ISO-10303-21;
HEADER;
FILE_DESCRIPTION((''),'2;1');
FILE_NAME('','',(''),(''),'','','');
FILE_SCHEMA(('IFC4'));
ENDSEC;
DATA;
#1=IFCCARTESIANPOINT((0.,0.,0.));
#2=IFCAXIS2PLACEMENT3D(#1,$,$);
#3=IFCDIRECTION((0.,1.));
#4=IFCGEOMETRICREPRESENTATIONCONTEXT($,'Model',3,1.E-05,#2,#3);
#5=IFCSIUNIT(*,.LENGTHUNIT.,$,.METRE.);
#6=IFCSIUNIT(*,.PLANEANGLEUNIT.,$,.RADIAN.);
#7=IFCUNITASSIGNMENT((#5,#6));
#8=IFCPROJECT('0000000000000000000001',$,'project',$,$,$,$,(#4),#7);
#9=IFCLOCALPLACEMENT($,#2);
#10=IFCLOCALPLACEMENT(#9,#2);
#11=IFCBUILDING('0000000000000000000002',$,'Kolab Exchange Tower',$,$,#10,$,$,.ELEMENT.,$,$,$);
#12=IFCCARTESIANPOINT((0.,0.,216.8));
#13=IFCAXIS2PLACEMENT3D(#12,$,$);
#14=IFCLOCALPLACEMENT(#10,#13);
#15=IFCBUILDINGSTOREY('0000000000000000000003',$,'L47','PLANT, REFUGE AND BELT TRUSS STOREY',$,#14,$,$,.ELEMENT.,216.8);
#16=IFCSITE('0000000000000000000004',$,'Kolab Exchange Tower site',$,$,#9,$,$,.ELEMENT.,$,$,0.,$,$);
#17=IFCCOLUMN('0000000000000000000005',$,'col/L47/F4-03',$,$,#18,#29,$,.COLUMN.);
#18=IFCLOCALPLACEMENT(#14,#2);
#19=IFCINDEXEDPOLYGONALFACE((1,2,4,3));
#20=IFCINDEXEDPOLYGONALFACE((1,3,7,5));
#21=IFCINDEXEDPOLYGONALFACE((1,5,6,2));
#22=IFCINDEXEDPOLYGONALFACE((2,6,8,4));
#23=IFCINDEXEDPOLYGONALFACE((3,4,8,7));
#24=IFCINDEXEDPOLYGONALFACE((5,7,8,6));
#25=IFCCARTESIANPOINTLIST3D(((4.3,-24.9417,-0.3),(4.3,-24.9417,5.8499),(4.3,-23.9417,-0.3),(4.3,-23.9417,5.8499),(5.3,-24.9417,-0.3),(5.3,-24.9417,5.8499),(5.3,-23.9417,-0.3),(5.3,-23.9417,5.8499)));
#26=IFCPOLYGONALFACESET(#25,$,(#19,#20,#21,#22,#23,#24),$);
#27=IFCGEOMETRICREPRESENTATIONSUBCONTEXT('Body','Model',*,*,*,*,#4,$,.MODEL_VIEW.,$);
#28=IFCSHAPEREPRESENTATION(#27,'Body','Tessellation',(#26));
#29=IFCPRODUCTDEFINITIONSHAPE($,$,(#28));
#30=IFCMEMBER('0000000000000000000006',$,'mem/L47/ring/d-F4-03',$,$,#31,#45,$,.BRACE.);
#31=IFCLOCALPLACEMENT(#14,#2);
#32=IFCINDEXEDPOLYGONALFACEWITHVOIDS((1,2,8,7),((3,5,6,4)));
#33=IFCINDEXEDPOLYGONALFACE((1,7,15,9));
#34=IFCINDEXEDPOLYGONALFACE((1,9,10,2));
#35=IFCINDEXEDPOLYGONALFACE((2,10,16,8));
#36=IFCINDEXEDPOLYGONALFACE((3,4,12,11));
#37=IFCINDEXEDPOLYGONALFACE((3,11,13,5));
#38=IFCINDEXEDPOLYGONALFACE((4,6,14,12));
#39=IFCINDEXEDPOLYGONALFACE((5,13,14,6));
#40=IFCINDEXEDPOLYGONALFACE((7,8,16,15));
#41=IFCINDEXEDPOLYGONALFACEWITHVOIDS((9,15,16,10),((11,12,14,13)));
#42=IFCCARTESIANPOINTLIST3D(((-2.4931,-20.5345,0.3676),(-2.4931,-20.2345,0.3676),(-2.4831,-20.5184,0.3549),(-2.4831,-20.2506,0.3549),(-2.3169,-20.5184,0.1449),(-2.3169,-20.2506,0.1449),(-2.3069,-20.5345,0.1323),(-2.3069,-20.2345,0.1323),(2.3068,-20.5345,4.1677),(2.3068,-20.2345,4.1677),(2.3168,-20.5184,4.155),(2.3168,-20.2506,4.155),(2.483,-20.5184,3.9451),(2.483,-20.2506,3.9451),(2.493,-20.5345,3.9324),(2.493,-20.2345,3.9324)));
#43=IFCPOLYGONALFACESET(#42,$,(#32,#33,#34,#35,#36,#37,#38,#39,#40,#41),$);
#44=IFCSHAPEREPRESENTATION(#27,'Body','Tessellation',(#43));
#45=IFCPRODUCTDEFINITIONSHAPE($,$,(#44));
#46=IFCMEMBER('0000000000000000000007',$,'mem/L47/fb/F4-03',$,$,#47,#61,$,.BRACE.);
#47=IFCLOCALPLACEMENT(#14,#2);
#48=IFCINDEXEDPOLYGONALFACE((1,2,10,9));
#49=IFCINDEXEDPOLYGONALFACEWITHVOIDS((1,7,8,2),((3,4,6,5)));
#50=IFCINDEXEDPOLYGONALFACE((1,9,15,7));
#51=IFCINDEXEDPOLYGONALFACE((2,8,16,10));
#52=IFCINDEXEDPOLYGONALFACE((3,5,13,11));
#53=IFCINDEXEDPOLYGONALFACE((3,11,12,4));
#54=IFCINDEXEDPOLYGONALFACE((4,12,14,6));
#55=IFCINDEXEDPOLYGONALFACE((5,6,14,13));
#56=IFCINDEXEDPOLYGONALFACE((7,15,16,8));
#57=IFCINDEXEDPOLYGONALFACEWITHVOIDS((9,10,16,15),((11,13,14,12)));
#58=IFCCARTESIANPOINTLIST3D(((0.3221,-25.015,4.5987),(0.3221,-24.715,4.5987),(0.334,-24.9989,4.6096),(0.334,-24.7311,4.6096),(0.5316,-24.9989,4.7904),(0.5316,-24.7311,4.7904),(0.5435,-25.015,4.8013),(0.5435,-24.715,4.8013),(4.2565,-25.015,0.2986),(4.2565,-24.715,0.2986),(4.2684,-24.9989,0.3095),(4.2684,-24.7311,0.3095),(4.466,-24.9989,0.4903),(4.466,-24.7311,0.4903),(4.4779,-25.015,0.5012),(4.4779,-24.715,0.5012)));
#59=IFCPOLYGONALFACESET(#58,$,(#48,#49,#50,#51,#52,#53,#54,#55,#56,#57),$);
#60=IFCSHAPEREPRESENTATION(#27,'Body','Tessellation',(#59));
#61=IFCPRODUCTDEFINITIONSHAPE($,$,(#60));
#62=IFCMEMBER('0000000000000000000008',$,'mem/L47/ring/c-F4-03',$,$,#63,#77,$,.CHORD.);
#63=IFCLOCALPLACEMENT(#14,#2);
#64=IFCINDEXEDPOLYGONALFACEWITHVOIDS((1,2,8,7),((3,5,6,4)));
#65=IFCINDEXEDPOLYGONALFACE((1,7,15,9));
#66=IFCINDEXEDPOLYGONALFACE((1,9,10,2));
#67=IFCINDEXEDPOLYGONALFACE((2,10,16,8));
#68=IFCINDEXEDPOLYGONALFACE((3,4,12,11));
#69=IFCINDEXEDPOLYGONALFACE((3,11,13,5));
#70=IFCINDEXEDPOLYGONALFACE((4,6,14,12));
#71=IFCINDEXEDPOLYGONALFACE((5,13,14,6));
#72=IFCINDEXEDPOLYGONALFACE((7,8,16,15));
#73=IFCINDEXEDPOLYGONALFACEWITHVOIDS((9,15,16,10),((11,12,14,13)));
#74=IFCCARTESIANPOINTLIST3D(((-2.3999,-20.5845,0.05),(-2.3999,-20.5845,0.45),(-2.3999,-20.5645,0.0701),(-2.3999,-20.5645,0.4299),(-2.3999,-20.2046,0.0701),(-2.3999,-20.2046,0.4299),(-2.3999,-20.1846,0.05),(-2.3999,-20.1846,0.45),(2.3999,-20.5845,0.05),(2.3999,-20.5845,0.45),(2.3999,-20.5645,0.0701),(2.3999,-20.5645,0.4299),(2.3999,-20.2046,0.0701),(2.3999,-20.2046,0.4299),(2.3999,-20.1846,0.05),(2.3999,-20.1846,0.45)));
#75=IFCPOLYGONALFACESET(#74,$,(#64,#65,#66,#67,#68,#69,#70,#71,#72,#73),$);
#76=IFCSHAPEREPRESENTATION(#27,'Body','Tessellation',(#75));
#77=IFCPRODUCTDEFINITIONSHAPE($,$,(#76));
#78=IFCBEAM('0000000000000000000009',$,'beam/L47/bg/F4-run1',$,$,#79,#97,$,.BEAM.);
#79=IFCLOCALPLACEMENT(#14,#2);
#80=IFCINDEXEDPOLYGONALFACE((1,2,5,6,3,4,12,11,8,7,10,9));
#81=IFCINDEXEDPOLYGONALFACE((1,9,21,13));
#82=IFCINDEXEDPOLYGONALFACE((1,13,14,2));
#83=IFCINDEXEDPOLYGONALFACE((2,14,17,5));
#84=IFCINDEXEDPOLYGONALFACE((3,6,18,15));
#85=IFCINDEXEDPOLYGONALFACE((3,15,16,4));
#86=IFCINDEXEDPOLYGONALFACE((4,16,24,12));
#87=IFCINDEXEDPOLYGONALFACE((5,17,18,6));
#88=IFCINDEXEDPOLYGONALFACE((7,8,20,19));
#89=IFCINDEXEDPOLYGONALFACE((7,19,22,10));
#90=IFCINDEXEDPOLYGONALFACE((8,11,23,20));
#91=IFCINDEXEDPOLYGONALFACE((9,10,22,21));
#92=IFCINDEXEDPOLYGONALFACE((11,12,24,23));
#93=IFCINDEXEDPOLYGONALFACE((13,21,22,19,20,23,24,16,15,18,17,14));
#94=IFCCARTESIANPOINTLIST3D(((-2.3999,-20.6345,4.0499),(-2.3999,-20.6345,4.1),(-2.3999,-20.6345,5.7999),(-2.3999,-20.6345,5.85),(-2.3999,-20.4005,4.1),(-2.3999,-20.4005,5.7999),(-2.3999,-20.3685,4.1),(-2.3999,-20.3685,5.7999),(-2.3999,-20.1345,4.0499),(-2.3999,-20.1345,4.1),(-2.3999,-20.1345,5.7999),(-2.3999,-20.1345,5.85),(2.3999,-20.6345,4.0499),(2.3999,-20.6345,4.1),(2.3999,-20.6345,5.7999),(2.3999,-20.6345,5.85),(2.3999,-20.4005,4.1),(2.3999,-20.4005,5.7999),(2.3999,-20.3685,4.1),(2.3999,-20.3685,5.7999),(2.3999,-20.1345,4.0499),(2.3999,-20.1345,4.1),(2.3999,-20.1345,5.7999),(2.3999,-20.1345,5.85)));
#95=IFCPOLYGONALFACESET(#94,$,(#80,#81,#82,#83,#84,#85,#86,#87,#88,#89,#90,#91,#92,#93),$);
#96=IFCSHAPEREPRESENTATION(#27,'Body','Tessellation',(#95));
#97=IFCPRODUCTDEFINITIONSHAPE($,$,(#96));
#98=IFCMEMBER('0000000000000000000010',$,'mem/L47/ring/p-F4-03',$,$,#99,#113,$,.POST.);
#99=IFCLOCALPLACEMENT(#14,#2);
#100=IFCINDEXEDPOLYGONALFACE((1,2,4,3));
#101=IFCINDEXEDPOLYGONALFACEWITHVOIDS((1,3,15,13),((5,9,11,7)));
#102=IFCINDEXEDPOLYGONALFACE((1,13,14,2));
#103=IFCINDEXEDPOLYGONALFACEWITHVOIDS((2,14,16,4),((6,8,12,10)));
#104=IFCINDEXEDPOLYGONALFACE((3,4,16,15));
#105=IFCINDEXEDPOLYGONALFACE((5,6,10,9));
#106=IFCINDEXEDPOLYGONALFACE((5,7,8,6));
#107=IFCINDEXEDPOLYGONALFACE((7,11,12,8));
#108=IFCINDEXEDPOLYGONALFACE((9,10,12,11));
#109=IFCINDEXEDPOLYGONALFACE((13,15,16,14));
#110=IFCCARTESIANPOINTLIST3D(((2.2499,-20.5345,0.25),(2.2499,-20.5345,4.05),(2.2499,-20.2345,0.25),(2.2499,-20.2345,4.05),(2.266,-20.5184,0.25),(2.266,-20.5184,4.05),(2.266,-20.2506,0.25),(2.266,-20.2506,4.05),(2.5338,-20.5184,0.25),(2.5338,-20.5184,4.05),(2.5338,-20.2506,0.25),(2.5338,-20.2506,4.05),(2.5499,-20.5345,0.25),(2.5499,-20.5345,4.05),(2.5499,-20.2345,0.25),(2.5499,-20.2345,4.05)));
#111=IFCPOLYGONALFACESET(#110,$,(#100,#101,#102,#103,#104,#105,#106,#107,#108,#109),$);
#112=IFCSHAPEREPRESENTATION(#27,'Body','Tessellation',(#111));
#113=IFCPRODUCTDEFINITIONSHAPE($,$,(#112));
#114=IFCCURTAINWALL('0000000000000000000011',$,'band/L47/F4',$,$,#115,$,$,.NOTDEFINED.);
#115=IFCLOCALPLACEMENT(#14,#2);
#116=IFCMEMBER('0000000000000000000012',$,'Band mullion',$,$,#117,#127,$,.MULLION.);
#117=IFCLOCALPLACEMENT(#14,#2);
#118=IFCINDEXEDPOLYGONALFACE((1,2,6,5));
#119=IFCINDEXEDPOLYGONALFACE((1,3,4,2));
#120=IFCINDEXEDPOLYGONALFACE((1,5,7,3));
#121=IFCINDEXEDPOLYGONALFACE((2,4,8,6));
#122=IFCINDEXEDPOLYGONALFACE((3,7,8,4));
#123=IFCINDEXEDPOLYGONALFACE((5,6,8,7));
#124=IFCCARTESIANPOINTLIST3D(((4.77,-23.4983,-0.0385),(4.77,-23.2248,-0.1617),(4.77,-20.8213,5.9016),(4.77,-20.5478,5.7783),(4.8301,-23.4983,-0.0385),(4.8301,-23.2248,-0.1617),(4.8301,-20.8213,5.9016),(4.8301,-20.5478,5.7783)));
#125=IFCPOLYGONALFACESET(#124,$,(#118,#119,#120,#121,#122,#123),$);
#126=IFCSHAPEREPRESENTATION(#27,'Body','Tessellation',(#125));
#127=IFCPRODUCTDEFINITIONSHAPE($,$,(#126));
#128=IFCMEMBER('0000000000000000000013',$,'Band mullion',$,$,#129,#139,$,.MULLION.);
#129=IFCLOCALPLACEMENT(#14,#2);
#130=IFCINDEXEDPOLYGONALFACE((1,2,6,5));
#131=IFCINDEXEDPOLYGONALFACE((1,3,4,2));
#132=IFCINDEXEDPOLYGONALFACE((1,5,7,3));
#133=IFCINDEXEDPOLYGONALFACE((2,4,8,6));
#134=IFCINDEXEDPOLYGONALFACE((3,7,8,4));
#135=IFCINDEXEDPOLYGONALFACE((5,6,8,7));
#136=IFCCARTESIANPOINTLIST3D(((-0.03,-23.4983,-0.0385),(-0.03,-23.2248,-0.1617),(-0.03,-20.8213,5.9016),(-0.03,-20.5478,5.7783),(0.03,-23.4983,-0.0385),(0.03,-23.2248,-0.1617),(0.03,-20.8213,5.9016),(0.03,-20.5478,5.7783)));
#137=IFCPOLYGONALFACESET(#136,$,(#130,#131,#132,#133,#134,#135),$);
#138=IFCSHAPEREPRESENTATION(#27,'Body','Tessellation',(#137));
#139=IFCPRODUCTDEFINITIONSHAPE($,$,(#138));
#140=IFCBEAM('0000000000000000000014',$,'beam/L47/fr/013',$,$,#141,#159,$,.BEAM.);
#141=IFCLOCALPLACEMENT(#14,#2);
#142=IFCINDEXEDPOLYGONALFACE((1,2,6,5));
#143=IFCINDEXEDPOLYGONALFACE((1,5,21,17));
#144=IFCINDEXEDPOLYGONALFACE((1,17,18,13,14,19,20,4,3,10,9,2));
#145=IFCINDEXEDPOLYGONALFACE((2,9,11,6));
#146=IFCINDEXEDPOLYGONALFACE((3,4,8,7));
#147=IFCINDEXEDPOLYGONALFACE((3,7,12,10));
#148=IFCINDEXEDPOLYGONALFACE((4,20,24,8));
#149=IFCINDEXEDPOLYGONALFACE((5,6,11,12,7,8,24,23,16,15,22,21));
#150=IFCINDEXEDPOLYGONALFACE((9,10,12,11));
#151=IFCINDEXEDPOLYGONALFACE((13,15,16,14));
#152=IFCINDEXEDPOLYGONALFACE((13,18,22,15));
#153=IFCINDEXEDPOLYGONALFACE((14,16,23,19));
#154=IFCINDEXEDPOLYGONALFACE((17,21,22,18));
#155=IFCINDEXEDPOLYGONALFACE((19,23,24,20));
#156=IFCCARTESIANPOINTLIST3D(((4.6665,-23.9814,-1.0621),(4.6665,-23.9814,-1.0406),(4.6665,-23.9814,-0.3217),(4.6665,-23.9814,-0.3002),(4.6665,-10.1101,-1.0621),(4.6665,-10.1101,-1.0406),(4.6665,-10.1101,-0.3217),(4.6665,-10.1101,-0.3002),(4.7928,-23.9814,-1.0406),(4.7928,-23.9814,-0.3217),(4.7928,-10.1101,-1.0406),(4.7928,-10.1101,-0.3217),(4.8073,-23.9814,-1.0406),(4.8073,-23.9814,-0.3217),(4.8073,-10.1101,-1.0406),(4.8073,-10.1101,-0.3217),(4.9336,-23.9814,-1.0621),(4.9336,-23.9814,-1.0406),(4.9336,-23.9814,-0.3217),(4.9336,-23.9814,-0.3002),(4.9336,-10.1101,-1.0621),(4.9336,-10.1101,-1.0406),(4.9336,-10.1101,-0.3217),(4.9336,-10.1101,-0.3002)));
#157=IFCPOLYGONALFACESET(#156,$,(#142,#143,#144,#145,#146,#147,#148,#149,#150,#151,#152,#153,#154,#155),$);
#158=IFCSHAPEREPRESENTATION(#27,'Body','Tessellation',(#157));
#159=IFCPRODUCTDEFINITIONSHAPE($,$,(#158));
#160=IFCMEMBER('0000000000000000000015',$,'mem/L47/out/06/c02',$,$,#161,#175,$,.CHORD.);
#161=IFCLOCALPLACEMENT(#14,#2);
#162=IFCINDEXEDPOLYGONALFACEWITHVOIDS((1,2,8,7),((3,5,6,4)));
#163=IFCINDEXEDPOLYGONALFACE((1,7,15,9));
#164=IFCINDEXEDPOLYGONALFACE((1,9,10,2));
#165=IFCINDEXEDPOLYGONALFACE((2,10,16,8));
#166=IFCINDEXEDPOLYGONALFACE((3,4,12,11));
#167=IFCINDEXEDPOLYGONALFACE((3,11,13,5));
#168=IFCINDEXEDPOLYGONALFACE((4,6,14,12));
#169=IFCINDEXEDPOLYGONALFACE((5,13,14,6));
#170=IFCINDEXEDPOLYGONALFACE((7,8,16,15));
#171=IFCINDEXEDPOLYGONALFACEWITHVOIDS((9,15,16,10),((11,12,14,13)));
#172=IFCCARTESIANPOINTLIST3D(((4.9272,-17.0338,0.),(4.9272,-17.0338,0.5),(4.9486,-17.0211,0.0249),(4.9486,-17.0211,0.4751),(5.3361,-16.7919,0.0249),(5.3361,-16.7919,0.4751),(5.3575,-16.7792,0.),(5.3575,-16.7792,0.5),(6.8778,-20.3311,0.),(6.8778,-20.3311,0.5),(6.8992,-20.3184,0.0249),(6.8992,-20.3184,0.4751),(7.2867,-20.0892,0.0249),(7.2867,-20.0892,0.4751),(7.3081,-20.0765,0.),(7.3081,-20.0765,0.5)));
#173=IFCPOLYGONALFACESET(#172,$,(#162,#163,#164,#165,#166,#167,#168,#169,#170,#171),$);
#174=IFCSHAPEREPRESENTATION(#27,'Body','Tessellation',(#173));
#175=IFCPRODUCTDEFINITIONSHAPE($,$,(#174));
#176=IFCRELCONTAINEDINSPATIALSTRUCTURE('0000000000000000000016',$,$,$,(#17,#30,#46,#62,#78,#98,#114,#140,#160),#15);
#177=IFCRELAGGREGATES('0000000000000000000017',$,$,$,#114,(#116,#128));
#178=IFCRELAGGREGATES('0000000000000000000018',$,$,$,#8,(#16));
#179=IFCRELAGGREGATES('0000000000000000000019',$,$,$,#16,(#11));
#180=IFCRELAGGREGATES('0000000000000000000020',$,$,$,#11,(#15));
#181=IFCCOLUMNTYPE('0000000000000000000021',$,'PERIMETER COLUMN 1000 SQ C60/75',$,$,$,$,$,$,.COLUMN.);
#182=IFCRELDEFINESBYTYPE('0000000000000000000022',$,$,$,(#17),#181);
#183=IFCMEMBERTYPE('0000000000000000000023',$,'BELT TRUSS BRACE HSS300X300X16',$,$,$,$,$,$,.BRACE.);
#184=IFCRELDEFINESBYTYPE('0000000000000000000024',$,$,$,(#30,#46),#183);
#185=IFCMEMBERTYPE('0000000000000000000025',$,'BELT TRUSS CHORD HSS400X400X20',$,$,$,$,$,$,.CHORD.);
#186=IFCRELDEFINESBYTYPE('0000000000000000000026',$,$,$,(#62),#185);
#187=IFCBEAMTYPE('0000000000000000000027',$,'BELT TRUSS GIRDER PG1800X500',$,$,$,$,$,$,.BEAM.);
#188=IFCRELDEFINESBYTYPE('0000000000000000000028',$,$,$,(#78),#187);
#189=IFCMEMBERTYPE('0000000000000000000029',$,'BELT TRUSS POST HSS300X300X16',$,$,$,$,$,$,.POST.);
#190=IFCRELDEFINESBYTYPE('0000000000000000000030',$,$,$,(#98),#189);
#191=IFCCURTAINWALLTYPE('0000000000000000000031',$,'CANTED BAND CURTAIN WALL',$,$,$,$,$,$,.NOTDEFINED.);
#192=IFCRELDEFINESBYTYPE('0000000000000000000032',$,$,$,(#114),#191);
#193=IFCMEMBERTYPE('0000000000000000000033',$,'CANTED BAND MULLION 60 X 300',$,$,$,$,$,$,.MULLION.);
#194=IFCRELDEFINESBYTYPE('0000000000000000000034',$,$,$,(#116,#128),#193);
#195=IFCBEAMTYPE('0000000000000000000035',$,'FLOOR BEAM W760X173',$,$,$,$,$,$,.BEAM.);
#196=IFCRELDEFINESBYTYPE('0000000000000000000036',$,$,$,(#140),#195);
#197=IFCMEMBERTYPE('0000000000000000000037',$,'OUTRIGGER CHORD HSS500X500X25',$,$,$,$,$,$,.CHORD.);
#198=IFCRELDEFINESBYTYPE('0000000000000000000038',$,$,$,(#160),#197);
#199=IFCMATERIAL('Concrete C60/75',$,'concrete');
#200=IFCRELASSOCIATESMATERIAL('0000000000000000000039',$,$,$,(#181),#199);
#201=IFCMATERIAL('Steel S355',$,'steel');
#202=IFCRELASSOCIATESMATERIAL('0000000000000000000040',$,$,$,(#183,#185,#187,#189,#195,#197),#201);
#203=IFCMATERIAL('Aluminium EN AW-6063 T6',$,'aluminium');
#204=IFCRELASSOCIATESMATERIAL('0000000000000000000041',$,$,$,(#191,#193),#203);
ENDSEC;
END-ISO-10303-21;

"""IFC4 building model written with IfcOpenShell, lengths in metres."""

from ifc_helpers import new_model, si_unit, direction, frame, origin, origin_2d, place, context, subcontext, project, spatial, rectangle, hollow_rectangle, i_section, extrude, material, material_profile, profile_set, type_object, element, aggregate, save


model = new_model("IFC4")

# Units and contexts
model_context = context("Model", 3, precision=1e-05, world=origin(), true_north=direction((0.0, 1.0)))
body_context = subcontext(model_context, "Body", "Model", "MODEL_VIEW")
ifc_project = project(units=[si_unit("LENGTHUNIT", "METRE"), si_unit("PLANEANGLEUNIT", "RADIAN")], contexts=[model_context])

# Site, building, storey
site_placement = place(None, origin())
site = spatial("IfcSite", under=ifc_project, at=site_placement, Name="Kolab Exchange Tower site", CompositionType="ELEMENT", RefElevation=0.0)
building_placement = place(site_placement, origin())
building = spatial("IfcBuilding", under=site, at=building_placement, Name="Kolab Exchange Tower", CompositionType="ELEMENT")
storey_placement = place(building_placement, frame((0.0, 0.0, 216.8)))
storey = spatial("IfcBuildingStorey", under=building, at=storey_placement, Name="L47", Description="PLANT, REFUGE AND BELT TRUSS STOREY", CompositionType="ELEMENT", Elevation=216.8)

# Column
ifc_material_1 = material(Name="Concrete C60/75", Category="concrete")
ifc_material_profile_1 = material_profile(ifc_material_1, rectangle(XDim=1.0, YDim=1.0, at=origin_2d()), Name="RC1000")
ifc_profile_set_1 = profile_set([ifc_material_profile_1], Name="Concrete C60/75")
column_type = type_object("IfcColumnType", Name="PERIMETER COLUMN 1000 SQ C60/75", PredefinedType="COLUMN", material=ifc_profile_set_1)
column_placement = place(storey_placement, frame((4.8, -24.4417, -0.3), z_axis=(0.0, 0.0, 1.0), x_axis=(1.0, 0.0, 0.0)))
element("IfcColumn", 1, at=column_placement, inside=storey, type_object=column_type, Name="col/L47/F4-03", PredefinedType="COLUMN", context=body_context, shape_type="SweptSolid", body=[
    extrude(rectangle(XDim=1.0, YDim=1.0, at=origin_2d()), origin(), (0.0, 0.0, 1.0), 6.1499),
])

# Members
ifc_material_2 = material(Name="Steel S355", Category="steel")
ifc_material_profile_2 = material_profile(ifc_material_2, hollow_rectangle(XDim=0.3, YDim=0.3, WallThickness=0.0161, at=origin_2d()), Name="HSS300X300X16")
ifc_profile_set_2 = profile_set([ifc_material_profile_2], Name="Steel S355")
member_type_1 = type_object("IfcMemberType", Name="BELT TRUSS BRACE HSS300X300X16", PredefinedType="BRACE", material=ifc_profile_set_2)
member_1_placement = place(storey_placement, frame((2.3999, -20.3845, 4.05), z_axis=(-0.78403, 0.0, -0.620723), x_axis=(0.0, -1.0, 0.0)))
element("IfcMember", 2, at=member_1_placement, inside=storey, type_object=member_type_1, Name="mem/L47/ring/d-F4-03", PredefinedType="BRACE", context=body_context, shape_type="SweptSolid", body=[
    extrude(hollow_rectangle(XDim=0.3, YDim=0.3, WallThickness=0.0161, at=origin_2d()), origin(), (0.0, 0.0, 1.0), 6.1221),
])
member_2_placement = place(storey_placement, frame((4.3672, -24.865, 0.3999), z_axis=(-0.675036, 0.0, 0.737785), x_axis=(0.0, -1.0, 0.0)))
element("IfcMember", 3, at=member_2_placement, inside=storey, type_object=member_type_1, Name="mem/L47/fb/F4-03", PredefinedType="BRACE", context=body_context, shape_type="SweptSolid", body=[
    extrude(hollow_rectangle(XDim=0.3, YDim=0.3, WallThickness=0.0161, at=origin_2d()), origin(), (0.0, 0.0, 1.0), 5.8284),
])
ifc_material_profile_3 = material_profile(ifc_material_2, hollow_rectangle(XDim=0.3999, YDim=0.3999, WallThickness=0.02, at=origin_2d()), Name="HSS400X400X20")
ifc_profile_set_3 = profile_set([ifc_material_profile_3], Name="Steel S355")
member_type_2 = type_object("IfcMemberType", Name="BELT TRUSS CHORD HSS400X400X20", PredefinedType="CHORD", material=ifc_profile_set_3)
member_3_placement = place(storey_placement, frame((2.3999, -20.3845, 0.25), z_axis=(-1.0, 0.0, 0.0), x_axis=(0.0, -1.0, 0.0)))
element("IfcMember", 4, at=member_3_placement, inside=storey, type_object=member_type_2, Name="mem/L47/ring/c-F4-03", PredefinedType="CHORD", context=body_context, shape_type="SweptSolid", body=[
    extrude(hollow_rectangle(XDim=0.3999, YDim=0.3999, WallThickness=0.02, at=origin_2d()), origin(), (0.0, 0.0, 1.0), 4.7998),
])

# Beam
ifc_material_profile_4 = material_profile(ifc_material_2, i_section(OverallWidth=0.5, OverallDepth=1.8, WebThickness=0.032, FlangeThickness=0.05, at=origin_2d()), Name="PG1800X500")
ifc_profile_set_4 = profile_set([ifc_material_profile_4], Name="Steel S355")
beam_type_1 = type_object("IfcBeamType", Name="BELT TRUSS GIRDER PG1800X500", PredefinedType="BEAM", material=ifc_profile_set_4)
beam_1_placement = place(storey_placement, frame((2.3999, -20.3845, 4.95), z_axis=(-1.0, 0.0, 0.0), x_axis=(0.0, -1.0, 0.0)))
element("IfcBeam", 5, at=beam_1_placement, inside=storey, type_object=beam_type_1, Name="beam/L47/bg/F4-run1", PredefinedType="BEAM", context=body_context, shape_type="SweptSolid", body=[
    extrude(i_section(OverallWidth=0.5, OverallDepth=1.8, WebThickness=0.032, FlangeThickness=0.05, at=origin_2d()), origin(), (0.0, 0.0, 1.0), 4.7998),
])

# Member
ifc_material_profile_5 = material_profile(ifc_material_2, hollow_rectangle(XDim=0.3, YDim=0.3, WallThickness=0.0161, at=origin_2d()), Name="HSS300X300X16")
ifc_profile_set_5 = profile_set([ifc_material_profile_5], Name="Steel S355")
member_type_3 = type_object("IfcMemberType", Name="BELT TRUSS POST HSS300X300X16", PredefinedType="POST", material=ifc_profile_set_5)
member_4_placement = place(storey_placement, frame((2.3999, -20.3845, 0.25), z_axis=(0.0, 0.0, 1.0), x_axis=(1.0, 0.0, 0.0)))
element("IfcMember", 6, at=member_4_placement, inside=storey, type_object=member_type_3, Name="mem/L47/ring/p-F4-03", PredefinedType="POST", context=body_context, shape_type="SweptSolid", body=[
    extrude(hollow_rectangle(XDim=0.3, YDim=0.3, WallThickness=0.0161, at=origin_2d()), origin(), (0.0, 0.0, 1.0), 3.8),
])

# Curtain wall, members
ifc_material_3 = material(Name="Aluminium EN AW-6063 T6", Category="aluminium")
curtain_wall_type = type_object("IfcCurtainWallType", Name="CANTED BAND CURTAIN WALL", PredefinedType="NOTDEFINED", material=ifc_material_3)
curtain_wall_placement = place(storey_placement, origin())
curtain_wall = element("IfcCurtainWall", 7, at=curtain_wall_placement, inside=storey, type_object=curtain_wall_type, Name="band/L47/F4", PredefinedType="NOTDEFINED")
ifc_material_profile_6 = material_profile(ifc_material_3, rectangle(XDim=0.0601, YDim=0.3, at=origin_2d()), Name="RECT 60X300")
ifc_profile_set_6 = profile_set([ifc_material_profile_6], Name="Aluminium EN AW-6063 T6")
member_type_4 = type_object("IfcMemberType", Name="CANTED BAND MULLION 60 X 300", PredefinedType="MULLION", material=ifc_profile_set_6)
member_5_placement = place(storey_placement, frame((4.8, -23.3616, -0.1001), z_axis=(0.0, 0.410879, 0.91169), x_axis=(-1.0, 0.0, 0.0)))
member_5 = element("IfcMember", 8, at=member_5_placement, type_object=member_type_4, Name="Band mullion", PredefinedType="MULLION", context=body_context, shape_type="SweptSolid", body=[
    extrude(rectangle(XDim=0.0601, YDim=0.3, at=origin_2d()), origin(), (0.0, 0.0, 1.0), 6.5154),
])
member_6_placement = place(storey_placement, frame((0.0, -23.3616, -0.1001), z_axis=(0.0, 0.410879, 0.91169), x_axis=(-1.0, 0.0, 0.0)))
member_6 = element("IfcMember", 9, at=member_6_placement, type_object=member_type_4, Name="Band mullion", PredefinedType="MULLION", context=body_context, shape_type="SweptSolid", body=[
    extrude(rectangle(XDim=0.0601, YDim=0.3, at=origin_2d()), origin(), (0.0, 0.0, 1.0), 6.5154),
])

# Beam
ifc_material_profile_7 = material_profile(ifc_material_2, i_section(OverallWidth=0.2671, OverallDepth=0.762, WebThickness=0.0144, FlangeThickness=0.0215, at=origin_2d()), Name="W760X173")
ifc_profile_set_7 = profile_set([ifc_material_profile_7], Name="Steel S355")
beam_type_2 = type_object("IfcBeamType", Name="FLOOR BEAM W760X173", PredefinedType="BEAM", material=ifc_profile_set_7)
beam_2_placement = place(storey_placement, frame((4.8, -23.9814, -0.6812), z_axis=(0.0, 1.0, 0.0), x_axis=(-1.0, 0.0, 0.0)))
element("IfcBeam", 10, at=beam_2_placement, inside=storey, type_object=beam_type_2, Name="beam/L47/fr/013", PredefinedType="BEAM", context=body_context, shape_type="SweptSolid", body=[
    extrude(i_section(OverallWidth=0.2671, OverallDepth=0.762, WebThickness=0.0144, FlangeThickness=0.0215, at=origin_2d()), origin(), (0.0, 0.0, 1.0), 13.8713),
])

# Member
ifc_material_profile_8 = material_profile(ifc_material_2, hollow_rectangle(XDim=0.5, YDim=0.5, WallThickness=0.0249, at=origin_2d()), Name="HSS500X500X25")
ifc_profile_set_8 = profile_set([ifc_material_profile_8], Name="Steel S355")
member_type_5 = type_object("IfcMemberType", Name="OUTRIGGER CHORD HSS500X500X25", PredefinedType="CHORD", material=ifc_profile_set_8)
member_7_placement = place(storey_placement, frame((5.1423, -16.9065, 0.25), z_axis=(0.509163, -0.86067, 0.0), x_axis=(0.86067, 0.509163, 0.0)))
element("IfcMember", 11, at=member_7_placement, inside=storey, type_object=member_type_5, Name="mem/L47/out/06/c02", PredefinedType="CHORD", context=body_context, shape_type="SweptSolid", body=[
    extrude(hollow_rectangle(XDim=0.5, YDim=0.5, WallThickness=0.0249, at=origin_2d()), origin(), (0.0, 0.0, 1.0), 3.8311),
])

aggregate(curtain_wall, [member_5, member_6])

save(model, "model.ifc")
